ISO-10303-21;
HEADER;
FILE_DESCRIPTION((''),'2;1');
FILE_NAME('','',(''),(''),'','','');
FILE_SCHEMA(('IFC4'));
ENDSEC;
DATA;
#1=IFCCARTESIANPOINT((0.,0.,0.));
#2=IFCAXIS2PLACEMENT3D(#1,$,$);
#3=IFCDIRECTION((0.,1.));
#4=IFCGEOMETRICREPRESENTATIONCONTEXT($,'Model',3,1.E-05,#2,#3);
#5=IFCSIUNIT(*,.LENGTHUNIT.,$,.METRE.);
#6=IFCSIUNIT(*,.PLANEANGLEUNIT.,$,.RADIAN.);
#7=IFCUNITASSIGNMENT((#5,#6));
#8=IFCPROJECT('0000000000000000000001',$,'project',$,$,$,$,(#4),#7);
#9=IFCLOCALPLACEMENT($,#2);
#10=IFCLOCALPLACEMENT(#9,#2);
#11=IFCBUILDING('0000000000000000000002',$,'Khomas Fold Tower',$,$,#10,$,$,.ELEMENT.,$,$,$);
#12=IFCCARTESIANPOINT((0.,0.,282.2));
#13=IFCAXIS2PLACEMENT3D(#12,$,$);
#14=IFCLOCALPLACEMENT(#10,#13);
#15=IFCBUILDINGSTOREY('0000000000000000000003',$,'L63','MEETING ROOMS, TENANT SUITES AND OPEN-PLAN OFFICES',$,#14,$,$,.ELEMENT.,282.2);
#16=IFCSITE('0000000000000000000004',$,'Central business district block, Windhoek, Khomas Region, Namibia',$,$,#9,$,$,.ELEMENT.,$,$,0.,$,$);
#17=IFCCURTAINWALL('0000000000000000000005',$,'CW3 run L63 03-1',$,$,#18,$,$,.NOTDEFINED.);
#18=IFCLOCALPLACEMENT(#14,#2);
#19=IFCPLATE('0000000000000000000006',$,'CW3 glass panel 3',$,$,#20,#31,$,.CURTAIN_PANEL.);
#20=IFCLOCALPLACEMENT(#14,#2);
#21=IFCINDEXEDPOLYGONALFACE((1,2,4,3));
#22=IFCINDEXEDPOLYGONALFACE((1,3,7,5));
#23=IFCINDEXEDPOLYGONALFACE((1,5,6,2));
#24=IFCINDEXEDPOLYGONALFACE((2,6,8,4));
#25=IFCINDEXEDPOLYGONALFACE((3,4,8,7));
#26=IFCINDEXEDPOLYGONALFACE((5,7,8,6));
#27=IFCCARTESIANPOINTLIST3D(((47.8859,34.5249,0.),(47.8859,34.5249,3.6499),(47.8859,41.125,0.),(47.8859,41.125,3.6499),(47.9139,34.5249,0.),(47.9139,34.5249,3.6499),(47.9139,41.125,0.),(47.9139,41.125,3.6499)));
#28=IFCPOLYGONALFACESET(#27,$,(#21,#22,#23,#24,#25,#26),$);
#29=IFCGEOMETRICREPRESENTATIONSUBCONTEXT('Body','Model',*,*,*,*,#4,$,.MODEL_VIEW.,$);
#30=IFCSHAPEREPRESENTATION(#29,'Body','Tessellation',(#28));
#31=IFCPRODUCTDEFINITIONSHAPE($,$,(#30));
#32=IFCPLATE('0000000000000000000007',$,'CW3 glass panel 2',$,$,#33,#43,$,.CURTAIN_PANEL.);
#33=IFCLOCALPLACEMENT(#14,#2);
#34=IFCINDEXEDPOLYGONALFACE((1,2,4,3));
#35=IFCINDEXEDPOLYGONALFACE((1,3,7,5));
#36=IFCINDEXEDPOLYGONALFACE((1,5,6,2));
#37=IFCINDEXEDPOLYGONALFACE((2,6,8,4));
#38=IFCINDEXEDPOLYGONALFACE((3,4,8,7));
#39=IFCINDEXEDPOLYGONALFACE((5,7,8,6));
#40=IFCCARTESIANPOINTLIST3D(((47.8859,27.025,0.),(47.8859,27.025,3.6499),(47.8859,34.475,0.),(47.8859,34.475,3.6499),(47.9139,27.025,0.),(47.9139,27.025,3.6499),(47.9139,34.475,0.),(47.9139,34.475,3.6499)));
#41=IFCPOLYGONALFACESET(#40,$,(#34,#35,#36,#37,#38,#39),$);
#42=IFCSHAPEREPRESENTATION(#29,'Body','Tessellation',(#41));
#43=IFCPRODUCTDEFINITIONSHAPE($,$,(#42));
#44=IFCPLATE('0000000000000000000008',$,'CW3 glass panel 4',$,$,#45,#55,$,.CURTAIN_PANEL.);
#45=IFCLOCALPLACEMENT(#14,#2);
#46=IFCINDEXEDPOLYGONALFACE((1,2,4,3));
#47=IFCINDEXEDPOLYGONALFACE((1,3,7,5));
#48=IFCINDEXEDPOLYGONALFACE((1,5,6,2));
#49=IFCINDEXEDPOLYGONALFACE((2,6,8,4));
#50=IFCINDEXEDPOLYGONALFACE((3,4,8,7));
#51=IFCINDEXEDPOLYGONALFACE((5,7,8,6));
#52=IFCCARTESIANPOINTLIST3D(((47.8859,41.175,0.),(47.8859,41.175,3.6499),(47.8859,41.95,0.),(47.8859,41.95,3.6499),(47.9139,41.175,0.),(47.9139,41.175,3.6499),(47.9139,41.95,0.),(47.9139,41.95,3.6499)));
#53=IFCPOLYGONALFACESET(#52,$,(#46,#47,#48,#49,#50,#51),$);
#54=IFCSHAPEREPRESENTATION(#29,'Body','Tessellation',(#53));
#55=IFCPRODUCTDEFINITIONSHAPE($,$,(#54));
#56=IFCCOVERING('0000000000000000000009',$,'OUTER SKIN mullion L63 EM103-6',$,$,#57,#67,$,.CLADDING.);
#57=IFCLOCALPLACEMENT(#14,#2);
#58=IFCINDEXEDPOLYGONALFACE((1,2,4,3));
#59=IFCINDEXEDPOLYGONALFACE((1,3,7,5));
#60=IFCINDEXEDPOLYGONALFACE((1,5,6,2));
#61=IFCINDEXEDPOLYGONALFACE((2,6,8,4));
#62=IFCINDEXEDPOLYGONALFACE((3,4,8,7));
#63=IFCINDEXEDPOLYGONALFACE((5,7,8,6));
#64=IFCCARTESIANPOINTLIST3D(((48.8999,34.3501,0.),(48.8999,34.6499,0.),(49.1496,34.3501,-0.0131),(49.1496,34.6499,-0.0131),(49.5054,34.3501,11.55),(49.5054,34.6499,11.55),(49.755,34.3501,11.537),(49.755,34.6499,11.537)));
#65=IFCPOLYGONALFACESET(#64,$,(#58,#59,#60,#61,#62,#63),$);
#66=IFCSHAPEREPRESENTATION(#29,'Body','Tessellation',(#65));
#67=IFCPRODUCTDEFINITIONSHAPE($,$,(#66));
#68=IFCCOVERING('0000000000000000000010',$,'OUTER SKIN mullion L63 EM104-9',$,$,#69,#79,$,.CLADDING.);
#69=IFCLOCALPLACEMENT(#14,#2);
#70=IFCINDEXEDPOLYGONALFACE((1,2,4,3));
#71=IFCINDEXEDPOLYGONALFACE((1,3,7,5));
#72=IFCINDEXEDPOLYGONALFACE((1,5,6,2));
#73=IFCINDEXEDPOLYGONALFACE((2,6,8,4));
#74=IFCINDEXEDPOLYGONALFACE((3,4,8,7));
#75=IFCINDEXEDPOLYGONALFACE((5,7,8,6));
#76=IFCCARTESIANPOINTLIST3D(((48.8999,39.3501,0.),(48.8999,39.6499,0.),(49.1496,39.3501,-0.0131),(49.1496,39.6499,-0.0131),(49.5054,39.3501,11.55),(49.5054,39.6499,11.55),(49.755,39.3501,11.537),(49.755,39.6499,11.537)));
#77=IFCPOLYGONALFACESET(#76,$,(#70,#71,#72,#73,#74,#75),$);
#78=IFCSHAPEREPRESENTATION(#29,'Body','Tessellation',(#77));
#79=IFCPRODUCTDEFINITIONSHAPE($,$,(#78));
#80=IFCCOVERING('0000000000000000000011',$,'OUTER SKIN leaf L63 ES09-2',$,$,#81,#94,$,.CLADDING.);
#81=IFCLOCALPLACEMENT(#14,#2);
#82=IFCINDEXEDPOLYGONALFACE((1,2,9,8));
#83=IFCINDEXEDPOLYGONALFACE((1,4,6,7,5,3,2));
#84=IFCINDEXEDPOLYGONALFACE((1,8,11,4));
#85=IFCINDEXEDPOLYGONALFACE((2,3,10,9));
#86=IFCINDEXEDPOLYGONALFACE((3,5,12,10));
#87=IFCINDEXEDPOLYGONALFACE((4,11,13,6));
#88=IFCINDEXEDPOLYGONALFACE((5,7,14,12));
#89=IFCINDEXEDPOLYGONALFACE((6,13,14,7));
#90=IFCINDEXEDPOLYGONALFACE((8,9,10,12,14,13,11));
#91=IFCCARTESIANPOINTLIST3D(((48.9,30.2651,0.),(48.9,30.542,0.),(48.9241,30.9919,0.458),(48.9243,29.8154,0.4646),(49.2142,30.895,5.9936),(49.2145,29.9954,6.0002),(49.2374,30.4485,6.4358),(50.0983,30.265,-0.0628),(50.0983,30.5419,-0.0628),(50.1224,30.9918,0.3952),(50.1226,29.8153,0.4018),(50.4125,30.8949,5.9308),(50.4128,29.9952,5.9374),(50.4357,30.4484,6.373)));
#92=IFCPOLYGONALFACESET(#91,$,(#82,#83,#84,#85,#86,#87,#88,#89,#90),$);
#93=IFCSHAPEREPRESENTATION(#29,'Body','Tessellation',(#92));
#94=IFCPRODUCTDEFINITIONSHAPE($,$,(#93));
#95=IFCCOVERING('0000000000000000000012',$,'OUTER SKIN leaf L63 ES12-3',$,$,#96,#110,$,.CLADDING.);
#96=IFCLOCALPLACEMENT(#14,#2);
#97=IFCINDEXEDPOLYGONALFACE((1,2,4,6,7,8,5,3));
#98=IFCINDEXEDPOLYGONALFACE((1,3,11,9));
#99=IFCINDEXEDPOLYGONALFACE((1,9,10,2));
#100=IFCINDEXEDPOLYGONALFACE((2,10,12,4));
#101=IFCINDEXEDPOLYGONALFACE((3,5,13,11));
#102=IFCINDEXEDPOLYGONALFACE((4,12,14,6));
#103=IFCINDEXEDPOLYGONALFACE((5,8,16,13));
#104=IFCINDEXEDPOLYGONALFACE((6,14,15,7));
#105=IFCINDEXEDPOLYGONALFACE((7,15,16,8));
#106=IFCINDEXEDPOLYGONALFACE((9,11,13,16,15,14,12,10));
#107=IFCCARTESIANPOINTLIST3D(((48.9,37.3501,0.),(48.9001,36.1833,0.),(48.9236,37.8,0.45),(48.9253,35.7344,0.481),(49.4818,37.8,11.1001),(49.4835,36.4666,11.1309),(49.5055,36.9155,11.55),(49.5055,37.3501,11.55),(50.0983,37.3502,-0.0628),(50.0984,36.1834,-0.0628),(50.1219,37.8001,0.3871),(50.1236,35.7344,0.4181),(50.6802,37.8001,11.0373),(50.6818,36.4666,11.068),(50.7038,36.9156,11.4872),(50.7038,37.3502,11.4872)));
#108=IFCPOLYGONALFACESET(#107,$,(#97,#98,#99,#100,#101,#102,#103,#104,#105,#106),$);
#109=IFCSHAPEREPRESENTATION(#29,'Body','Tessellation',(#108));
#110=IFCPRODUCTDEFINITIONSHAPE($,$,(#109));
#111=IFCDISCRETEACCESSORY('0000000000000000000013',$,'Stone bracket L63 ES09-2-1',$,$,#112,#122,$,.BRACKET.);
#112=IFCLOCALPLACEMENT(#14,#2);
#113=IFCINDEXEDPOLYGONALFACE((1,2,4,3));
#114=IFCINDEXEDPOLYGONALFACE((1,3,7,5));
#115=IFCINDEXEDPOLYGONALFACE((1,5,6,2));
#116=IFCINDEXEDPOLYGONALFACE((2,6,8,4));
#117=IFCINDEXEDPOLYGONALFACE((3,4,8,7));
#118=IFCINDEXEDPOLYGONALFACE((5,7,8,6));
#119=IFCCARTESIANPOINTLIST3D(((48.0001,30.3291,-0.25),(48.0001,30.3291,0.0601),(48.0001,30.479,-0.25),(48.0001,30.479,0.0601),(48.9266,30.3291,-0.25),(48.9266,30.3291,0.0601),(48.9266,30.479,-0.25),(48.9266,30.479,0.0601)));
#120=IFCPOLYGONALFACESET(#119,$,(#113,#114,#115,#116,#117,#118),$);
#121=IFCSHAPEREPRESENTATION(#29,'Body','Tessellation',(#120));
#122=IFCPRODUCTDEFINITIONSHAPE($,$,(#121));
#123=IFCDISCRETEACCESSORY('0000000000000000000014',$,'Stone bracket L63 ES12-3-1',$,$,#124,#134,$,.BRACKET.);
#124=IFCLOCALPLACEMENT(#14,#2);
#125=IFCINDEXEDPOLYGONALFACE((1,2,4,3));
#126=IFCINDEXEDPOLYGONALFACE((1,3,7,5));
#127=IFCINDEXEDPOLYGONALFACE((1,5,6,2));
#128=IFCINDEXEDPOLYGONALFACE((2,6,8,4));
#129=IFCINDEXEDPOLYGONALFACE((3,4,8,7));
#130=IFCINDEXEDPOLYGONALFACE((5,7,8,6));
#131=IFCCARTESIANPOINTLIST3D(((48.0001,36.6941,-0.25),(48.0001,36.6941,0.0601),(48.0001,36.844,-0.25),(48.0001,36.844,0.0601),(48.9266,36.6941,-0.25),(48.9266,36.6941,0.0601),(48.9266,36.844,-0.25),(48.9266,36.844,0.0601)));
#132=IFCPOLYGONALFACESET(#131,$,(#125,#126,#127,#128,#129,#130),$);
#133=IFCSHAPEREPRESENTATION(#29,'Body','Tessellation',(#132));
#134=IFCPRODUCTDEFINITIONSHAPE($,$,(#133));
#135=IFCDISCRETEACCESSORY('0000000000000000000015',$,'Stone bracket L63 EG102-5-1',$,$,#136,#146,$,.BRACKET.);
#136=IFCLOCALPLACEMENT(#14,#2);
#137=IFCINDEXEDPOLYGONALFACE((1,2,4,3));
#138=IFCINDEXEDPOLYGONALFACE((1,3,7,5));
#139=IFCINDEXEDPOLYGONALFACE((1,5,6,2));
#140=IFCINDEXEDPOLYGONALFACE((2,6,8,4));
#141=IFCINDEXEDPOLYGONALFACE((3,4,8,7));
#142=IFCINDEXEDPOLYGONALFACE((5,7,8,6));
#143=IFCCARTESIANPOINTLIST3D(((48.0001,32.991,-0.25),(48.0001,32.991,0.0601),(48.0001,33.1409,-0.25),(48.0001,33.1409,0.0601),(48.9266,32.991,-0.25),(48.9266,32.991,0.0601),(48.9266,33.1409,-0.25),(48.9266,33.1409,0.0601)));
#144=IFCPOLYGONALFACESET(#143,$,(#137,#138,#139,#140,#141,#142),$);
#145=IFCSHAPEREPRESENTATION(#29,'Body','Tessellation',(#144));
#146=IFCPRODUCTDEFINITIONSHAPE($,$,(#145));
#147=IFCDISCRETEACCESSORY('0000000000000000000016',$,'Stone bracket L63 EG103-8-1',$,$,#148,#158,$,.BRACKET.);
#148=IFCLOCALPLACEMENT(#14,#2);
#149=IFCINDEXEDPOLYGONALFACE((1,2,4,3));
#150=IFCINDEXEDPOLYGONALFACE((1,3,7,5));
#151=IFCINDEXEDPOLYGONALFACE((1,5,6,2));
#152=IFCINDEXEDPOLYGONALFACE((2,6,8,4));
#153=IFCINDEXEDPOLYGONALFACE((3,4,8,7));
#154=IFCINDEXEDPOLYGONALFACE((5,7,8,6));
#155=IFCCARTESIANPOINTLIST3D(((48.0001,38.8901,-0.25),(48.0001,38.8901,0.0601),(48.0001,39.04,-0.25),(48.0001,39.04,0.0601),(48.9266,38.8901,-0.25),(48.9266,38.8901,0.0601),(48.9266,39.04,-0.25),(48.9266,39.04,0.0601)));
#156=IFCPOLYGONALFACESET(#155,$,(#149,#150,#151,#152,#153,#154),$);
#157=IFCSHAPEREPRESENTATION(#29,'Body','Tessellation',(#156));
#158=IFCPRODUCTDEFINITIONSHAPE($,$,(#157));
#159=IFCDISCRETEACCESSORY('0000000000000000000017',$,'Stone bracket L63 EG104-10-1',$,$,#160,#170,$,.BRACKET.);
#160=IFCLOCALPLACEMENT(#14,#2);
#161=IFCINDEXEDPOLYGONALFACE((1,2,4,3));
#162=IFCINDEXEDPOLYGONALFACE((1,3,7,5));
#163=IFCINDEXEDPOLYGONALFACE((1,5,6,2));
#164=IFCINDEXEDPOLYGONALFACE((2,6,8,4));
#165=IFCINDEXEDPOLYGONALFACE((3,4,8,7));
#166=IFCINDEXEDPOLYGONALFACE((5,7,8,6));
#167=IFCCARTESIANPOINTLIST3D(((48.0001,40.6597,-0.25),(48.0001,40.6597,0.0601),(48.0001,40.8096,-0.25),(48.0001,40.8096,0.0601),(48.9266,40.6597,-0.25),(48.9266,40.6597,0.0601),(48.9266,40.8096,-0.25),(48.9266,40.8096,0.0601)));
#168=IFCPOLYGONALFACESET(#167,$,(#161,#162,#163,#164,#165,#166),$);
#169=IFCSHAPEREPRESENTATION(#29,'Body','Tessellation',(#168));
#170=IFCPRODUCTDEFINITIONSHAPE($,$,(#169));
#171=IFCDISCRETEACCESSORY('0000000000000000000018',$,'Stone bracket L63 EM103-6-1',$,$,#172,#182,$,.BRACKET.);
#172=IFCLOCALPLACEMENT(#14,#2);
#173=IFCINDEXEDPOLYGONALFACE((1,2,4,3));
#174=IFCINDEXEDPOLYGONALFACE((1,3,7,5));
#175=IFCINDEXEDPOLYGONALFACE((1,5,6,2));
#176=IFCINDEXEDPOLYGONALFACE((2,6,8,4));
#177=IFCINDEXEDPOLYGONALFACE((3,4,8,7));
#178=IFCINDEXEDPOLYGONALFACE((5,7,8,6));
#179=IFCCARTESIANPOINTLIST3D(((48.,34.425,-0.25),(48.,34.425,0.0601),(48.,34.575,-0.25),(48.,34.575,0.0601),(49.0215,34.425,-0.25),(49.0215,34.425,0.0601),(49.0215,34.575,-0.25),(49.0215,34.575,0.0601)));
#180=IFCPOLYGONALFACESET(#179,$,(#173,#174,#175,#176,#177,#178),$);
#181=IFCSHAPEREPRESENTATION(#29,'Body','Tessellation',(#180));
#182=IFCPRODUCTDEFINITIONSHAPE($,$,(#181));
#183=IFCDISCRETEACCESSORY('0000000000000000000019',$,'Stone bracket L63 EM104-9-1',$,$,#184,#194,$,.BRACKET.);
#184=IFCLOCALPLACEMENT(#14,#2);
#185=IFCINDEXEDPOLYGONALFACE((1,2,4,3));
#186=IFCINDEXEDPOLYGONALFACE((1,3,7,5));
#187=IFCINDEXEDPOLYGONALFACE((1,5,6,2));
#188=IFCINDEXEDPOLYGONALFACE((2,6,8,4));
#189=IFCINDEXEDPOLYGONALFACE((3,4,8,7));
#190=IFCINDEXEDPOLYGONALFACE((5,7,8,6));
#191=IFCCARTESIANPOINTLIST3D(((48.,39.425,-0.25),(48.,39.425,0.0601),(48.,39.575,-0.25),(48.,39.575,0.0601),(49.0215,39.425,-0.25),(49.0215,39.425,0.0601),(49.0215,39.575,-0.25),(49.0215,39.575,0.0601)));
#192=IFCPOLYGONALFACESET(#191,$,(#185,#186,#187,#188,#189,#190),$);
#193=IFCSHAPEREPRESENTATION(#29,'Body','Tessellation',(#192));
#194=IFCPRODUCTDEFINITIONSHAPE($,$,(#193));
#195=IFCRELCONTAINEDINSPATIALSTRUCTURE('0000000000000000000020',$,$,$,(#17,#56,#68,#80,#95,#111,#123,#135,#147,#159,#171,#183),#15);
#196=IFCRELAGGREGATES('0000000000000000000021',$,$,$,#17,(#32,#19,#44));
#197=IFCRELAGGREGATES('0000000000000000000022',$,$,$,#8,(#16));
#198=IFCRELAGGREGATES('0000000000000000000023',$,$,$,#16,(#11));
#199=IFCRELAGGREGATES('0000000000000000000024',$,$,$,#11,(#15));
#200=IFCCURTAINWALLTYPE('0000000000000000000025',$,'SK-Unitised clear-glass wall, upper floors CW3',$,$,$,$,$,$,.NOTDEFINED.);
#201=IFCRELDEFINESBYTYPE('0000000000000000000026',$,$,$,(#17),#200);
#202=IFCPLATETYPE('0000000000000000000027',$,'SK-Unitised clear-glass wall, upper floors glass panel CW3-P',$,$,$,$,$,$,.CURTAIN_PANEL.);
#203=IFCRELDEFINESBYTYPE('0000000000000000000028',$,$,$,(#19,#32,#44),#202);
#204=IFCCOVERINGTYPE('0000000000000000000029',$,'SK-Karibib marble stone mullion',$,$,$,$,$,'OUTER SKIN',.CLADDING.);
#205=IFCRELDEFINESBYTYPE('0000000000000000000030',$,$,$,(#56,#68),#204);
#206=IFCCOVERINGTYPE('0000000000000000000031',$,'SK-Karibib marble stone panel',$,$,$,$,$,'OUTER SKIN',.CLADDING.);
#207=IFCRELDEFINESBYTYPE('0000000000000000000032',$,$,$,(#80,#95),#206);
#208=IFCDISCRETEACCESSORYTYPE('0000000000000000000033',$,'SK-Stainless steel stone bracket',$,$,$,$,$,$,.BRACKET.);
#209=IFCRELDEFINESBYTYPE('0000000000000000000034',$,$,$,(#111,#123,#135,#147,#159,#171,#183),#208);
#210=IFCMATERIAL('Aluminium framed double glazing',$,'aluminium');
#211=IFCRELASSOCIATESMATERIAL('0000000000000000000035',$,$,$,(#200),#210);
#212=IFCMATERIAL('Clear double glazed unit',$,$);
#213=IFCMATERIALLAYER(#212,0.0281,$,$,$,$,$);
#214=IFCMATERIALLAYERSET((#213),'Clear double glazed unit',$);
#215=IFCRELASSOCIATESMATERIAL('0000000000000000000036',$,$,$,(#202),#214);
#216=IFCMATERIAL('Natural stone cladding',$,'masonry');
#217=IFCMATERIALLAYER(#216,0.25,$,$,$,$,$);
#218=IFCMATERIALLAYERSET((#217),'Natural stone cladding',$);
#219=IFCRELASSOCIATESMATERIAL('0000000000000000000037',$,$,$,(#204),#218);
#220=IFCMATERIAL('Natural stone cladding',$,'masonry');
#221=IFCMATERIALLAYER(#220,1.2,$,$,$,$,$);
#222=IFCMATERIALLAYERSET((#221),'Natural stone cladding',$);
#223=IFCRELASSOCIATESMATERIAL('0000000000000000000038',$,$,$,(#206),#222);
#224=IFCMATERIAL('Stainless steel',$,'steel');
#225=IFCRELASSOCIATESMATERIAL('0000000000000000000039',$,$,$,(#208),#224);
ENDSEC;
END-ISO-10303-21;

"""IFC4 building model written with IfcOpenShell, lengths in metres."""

from ifc_helpers import new_model, si_unit, direction, frame, origin, origin_2d, place, context, subcontext, project, spatial, polyline, rectangle, outline, extrude, source, transform, mapped, material, layer, layer_set, type_object, element, aggregate, save


model = new_model("IFC4")

# Units and contexts
model_context = context("Model", 3, precision=1e-05, world=origin(), true_north=direction((0.0, 1.0)))
body_context = subcontext(model_context, "Body", "Model", "MODEL_VIEW")
ifc_project = project(units=[si_unit("LENGTHUNIT", "METRE"), si_unit("PLANEANGLEUNIT", "RADIAN")], contexts=[model_context])

# Site, building, storey
site_placement = place(None, origin())
site = spatial("IfcSite", under=ifc_project, at=site_placement, Name="Central business district block, Windhoek, Khomas Region, Namibia", CompositionType="ELEMENT", RefElevation=0.0)
building_placement = place(site_placement, origin())
building = spatial("IfcBuilding", under=site, at=building_placement, Name="Khomas Fold Tower", CompositionType="ELEMENT")
storey_placement = place(building_placement, frame((0.0, 0.0, 282.2)))
storey = spatial("IfcBuildingStorey", under=building, at=storey_placement, Name="L63", Description="MEETING ROOMS, TENANT SUITES AND OPEN-PLAN OFFICES", CompositionType="ELEMENT", Elevation=282.2)

# Curtain wall
ifc_material_1 = material(Name="Aluminium framed double glazing", Category="aluminium")
curtain_wall_type = type_object("IfcCurtainWallType", Name="SK-Unitised clear-glass wall, upper floors CW3", PredefinedType="NOTDEFINED", material=ifc_material_1)
curtain_wall_placement = place(storey_placement, origin())
curtain_wall = element("IfcCurtainWall", 1, at=curtain_wall_placement, inside=storey, type_object=curtain_wall_type, Name="CW3 run L63 03-1", PredefinedType="NOTDEFINED")

# Plates
ifc_material_2 = material(Name="Clear double glazed unit")
ifc_layer_1 = layer(ifc_material_2, 0.0281)
ifc_layer_set_1 = layer_set([ifc_layer_1], Name="Clear double glazed unit")
plate_type_1 = type_object("IfcPlateType", Name="SK-Unitised clear-glass wall, upper floors glass panel CW3-P", PredefinedType="CURTAIN_PANEL", material=ifc_layer_set_1)
shared_shape_1 = source(origin(), body_context, "Body", "SweptSolid", [
    extrude(rectangle(XDim=6.6001, YDim=0.0281, at=origin_2d()), origin(), (0.0, 0.0, 1.0), 3.6499),
])
plate_1_placement = place(storey_placement, frame((47.8999, 37.825, 0.0), z_axis=(0.0, 0.0, 1.0), x_axis=(0.0, 1.0, 0.0)))
plate_1 = element("IfcPlate", 2, at=plate_1_placement, type_object=plate_type_1, Name="CW3 glass panel 3", PredefinedType="CURTAIN_PANEL", context=body_context, shape_type="MappedRepresentation", body=[
    mapped(shared_shape_1, transform((0.0, 0.0, 0.0))),
])
shared_shape_2 = source(origin(), body_context, "Body", "SweptSolid", [
    extrude(rectangle(XDim=7.45, YDim=0.0281, at=origin_2d()), origin(), (0.0, 0.0, 1.0), 3.6499),
])
plate_2_placement = place(storey_placement, frame((47.8999, 30.75, 0.0), z_axis=(0.0, 0.0, 1.0), x_axis=(0.0, 1.0, 0.0)))
plate_2 = element("IfcPlate", 3, at=plate_2_placement, type_object=plate_type_1, Name="CW3 glass panel 2", PredefinedType="CURTAIN_PANEL", context=body_context, shape_type="MappedRepresentation", body=[
    mapped(shared_shape_2, transform((0.0, 0.0, 0.0))),
])
shared_shape_3 = source(origin(), body_context, "Body", "SweptSolid", [
    extrude(rectangle(XDim=0.7749, YDim=0.0281, at=origin_2d()), origin(), (0.0, 0.0, 1.0), 3.6499),
])
plate_3_placement = place(storey_placement, frame((47.8999, 41.5625, 0.0), z_axis=(0.0, 0.0, 1.0), x_axis=(0.0, 1.0, 0.0)))
plate_3 = element("IfcPlate", 4, at=plate_3_placement, type_object=plate_type_1, Name="CW3 glass panel 4", PredefinedType="CURTAIN_PANEL", context=body_context, shape_type="MappedRepresentation", body=[
    mapped(shared_shape_3, transform((0.0, 0.0, 0.0))),
])
aggregate(curtain_wall, [plate_2, plate_1, plate_3])

# Coverings
ifc_material_3 = material(Name="Natural stone cladding", Category="masonry")
ifc_layer_2 = layer(ifc_material_3, 0.25)
ifc_layer_set_2 = layer_set([ifc_layer_2], Name="Natural stone cladding")
covering_type_1 = type_object("IfcCoveringType", Name="SK-Karibib marble stone mullion", ElementType="OUTER SKIN", PredefinedType="CLADDING", material=ifc_layer_set_2)
for number, where, z_axis, x_axis, name in (
    (5, (49.5054, 34.6499, 11.55), (-0.998629, 0.0, 0.052349), (-0.052349, 0.0, -0.998629), "OUTER SKIN mullion L63 EM103-6"),
    (6, (49.5054, 39.6499, 11.55), (-0.998629, 0.0, 0.052349), (-0.052349, 0.0, -0.998629), "OUTER SKIN mullion L63 EM104-9"),
):
    element("IfcCovering", number, at=place(storey_placement, frame(where, z_axis=z_axis, x_axis=x_axis)), inside=storey, type_object=covering_type_1, Name=name, PredefinedType="CLADDING", context=body_context, shape_type="SweptSolid", body=[
        extrude(outline(polyline([(0.0, 0.0), (11.5659, 0.0), (11.5659, 0.2998), (0.0, 0.2998), (0.0, 0.0)])), origin(), (0.0, 0.0, -1.0), 0.25),
    ])
ifc_material_4 = material(Name="Natural stone cladding", Category="masonry")
ifc_layer_3 = layer(ifc_material_4, 1.2)
ifc_layer_set_3 = layer_set([ifc_layer_3], Name="Natural stone cladding")
covering_type_2 = type_object("IfcCoveringType", Name="SK-Karibib marble stone panel", ElementType="OUTER SKIN", PredefinedType="CLADDING", material=ifc_layer_set_3)
covering_1_placement = place(storey_placement, frame((48.9243, 29.8154, 0.4646), z_axis=(-0.998629, 0.000096, 0.052342), x_axis=(0.052318, 0.032443, 0.998103)))
element("IfcCovering", 7, at=covering_1_placement, inside=storey, type_object=covering_type_2, Name="OUTER SKIN leaf L63 ES09-2", PredefinedType="CLADDING", context=body_context, shape_type="SweptSolid", body=[
    extrude(outline(polyline([(0.0, 0.0), (5.5462, 0.0), (5.9968, 0.4387), (5.5688, 0.8994), (0.0316, 1.1761), (-0.4414, 0.7413), (-0.4504, 0.4646), (0.0, 0.0)])), origin(), (0.0, 0.0, -1.0), 1.2),
])
covering_2_placement = place(storey_placement, frame((48.9253, 35.7344, 0.481), z_axis=(-0.998629, -0.000052, 0.052349), x_axis=(0.052222, 0.068494, 0.996284)))
element("IfcCovering", 8, at=covering_2_placement, inside=storey, type_object=covering_type_2, Name="OUTER SKIN leaf L63 ES12-3", PredefinedType="CLADDING", context=body_context, shape_type="SweptSolid", body=[
    extrude(outline(polyline([(0.0, 0.0), (10.6896, 0.0), (11.1392, 0.4192), (11.1689, 0.8527), (10.7502, 1.3325), (0.1105, 2.0629), (-0.3698, 1.6449), (-0.4497, 0.4809), (0.0, 0.0)])), origin(), (0.0, 0.0, -1.0), 1.2),
])

# Discrete accessories
ifc_material_5 = material(Name="Stainless steel", Category="steel")
discrete_accessory_type = type_object("IfcDiscreteAccessoryType", Name="SK-Stainless steel stone bracket", PredefinedType="BRACKET", material=ifc_material_5)
shared_shape_4 = source(origin(), body_context, "Body", "SweptSolid", [
    extrude(rectangle(XDim=0.9265, YDim=0.1499, at=origin_2d()), origin(), (0.0, 0.0, 1.0), 0.3101),
])
for number, where, z_axis, x_axis, name in (
    (9, (48.4634, 30.4041, -0.25), (0.0, 0.0, 1.0), (1.0, 0.0, 0.0), "Stone bracket L63 ES09-2-1"),
    (10, (48.4634, 36.769, -0.25), (0.0, 0.0, 1.0), (1.0, 0.0, 0.0), "Stone bracket L63 ES12-3-1"),
    (11, (48.4634, 33.0659, -0.25), (0.0, 0.0, 1.0), (1.0, 0.0, 0.0), "Stone bracket L63 EG102-5-1"),
    (12, (48.4634, 38.9651, -0.25), (0.0, 0.0, 1.0), (1.0, 0.0, 0.0), "Stone bracket L63 EG103-8-1"),
    (13, (48.4634, 40.7346, -0.25), (0.0, 0.0, 1.0), (1.0, 0.0, 0.0), "Stone bracket L63 EG104-10-1"),
):
    element("IfcDiscreteAccessory", number, at=place(storey_placement, frame(where, z_axis=z_axis, x_axis=x_axis)), inside=storey, type_object=discrete_accessory_type, Name=name, PredefinedType="BRACKET", context=body_context, shape_type="MappedRepresentation", body=[
        mapped(shared_shape_4, transform((0.0, 0.0, 0.0))),
    ])
shared_shape_5 = source(origin(), body_context, "Body", "SweptSolid", [
    extrude(rectangle(XDim=1.0215, YDim=0.1499, at=origin_2d()), origin(), (0.0, 0.0, 1.0), 0.3101),
])
for number, where, z_axis, x_axis, name in (
    (14, (48.5107, 34.5, -0.25), (0.0, 0.0, 1.0), (1.0, 0.0, 0.0), "Stone bracket L63 EM103-6-1"),
    (15, (48.5107, 39.5, -0.25), (0.0, 0.0, 1.0), (1.0, 0.0, 0.0), "Stone bracket L63 EM104-9-1"),
):
    element("IfcDiscreteAccessory", number, at=place(storey_placement, frame(where, z_axis=z_axis, x_axis=x_axis)), inside=storey, type_object=discrete_accessory_type, Name=name, PredefinedType="BRACKET", context=body_context, shape_type="MappedRepresentation", body=[
        mapped(shared_shape_5, transform((0.0, 0.0, 0.0))),
    ])

save(model, "model.ifc")
